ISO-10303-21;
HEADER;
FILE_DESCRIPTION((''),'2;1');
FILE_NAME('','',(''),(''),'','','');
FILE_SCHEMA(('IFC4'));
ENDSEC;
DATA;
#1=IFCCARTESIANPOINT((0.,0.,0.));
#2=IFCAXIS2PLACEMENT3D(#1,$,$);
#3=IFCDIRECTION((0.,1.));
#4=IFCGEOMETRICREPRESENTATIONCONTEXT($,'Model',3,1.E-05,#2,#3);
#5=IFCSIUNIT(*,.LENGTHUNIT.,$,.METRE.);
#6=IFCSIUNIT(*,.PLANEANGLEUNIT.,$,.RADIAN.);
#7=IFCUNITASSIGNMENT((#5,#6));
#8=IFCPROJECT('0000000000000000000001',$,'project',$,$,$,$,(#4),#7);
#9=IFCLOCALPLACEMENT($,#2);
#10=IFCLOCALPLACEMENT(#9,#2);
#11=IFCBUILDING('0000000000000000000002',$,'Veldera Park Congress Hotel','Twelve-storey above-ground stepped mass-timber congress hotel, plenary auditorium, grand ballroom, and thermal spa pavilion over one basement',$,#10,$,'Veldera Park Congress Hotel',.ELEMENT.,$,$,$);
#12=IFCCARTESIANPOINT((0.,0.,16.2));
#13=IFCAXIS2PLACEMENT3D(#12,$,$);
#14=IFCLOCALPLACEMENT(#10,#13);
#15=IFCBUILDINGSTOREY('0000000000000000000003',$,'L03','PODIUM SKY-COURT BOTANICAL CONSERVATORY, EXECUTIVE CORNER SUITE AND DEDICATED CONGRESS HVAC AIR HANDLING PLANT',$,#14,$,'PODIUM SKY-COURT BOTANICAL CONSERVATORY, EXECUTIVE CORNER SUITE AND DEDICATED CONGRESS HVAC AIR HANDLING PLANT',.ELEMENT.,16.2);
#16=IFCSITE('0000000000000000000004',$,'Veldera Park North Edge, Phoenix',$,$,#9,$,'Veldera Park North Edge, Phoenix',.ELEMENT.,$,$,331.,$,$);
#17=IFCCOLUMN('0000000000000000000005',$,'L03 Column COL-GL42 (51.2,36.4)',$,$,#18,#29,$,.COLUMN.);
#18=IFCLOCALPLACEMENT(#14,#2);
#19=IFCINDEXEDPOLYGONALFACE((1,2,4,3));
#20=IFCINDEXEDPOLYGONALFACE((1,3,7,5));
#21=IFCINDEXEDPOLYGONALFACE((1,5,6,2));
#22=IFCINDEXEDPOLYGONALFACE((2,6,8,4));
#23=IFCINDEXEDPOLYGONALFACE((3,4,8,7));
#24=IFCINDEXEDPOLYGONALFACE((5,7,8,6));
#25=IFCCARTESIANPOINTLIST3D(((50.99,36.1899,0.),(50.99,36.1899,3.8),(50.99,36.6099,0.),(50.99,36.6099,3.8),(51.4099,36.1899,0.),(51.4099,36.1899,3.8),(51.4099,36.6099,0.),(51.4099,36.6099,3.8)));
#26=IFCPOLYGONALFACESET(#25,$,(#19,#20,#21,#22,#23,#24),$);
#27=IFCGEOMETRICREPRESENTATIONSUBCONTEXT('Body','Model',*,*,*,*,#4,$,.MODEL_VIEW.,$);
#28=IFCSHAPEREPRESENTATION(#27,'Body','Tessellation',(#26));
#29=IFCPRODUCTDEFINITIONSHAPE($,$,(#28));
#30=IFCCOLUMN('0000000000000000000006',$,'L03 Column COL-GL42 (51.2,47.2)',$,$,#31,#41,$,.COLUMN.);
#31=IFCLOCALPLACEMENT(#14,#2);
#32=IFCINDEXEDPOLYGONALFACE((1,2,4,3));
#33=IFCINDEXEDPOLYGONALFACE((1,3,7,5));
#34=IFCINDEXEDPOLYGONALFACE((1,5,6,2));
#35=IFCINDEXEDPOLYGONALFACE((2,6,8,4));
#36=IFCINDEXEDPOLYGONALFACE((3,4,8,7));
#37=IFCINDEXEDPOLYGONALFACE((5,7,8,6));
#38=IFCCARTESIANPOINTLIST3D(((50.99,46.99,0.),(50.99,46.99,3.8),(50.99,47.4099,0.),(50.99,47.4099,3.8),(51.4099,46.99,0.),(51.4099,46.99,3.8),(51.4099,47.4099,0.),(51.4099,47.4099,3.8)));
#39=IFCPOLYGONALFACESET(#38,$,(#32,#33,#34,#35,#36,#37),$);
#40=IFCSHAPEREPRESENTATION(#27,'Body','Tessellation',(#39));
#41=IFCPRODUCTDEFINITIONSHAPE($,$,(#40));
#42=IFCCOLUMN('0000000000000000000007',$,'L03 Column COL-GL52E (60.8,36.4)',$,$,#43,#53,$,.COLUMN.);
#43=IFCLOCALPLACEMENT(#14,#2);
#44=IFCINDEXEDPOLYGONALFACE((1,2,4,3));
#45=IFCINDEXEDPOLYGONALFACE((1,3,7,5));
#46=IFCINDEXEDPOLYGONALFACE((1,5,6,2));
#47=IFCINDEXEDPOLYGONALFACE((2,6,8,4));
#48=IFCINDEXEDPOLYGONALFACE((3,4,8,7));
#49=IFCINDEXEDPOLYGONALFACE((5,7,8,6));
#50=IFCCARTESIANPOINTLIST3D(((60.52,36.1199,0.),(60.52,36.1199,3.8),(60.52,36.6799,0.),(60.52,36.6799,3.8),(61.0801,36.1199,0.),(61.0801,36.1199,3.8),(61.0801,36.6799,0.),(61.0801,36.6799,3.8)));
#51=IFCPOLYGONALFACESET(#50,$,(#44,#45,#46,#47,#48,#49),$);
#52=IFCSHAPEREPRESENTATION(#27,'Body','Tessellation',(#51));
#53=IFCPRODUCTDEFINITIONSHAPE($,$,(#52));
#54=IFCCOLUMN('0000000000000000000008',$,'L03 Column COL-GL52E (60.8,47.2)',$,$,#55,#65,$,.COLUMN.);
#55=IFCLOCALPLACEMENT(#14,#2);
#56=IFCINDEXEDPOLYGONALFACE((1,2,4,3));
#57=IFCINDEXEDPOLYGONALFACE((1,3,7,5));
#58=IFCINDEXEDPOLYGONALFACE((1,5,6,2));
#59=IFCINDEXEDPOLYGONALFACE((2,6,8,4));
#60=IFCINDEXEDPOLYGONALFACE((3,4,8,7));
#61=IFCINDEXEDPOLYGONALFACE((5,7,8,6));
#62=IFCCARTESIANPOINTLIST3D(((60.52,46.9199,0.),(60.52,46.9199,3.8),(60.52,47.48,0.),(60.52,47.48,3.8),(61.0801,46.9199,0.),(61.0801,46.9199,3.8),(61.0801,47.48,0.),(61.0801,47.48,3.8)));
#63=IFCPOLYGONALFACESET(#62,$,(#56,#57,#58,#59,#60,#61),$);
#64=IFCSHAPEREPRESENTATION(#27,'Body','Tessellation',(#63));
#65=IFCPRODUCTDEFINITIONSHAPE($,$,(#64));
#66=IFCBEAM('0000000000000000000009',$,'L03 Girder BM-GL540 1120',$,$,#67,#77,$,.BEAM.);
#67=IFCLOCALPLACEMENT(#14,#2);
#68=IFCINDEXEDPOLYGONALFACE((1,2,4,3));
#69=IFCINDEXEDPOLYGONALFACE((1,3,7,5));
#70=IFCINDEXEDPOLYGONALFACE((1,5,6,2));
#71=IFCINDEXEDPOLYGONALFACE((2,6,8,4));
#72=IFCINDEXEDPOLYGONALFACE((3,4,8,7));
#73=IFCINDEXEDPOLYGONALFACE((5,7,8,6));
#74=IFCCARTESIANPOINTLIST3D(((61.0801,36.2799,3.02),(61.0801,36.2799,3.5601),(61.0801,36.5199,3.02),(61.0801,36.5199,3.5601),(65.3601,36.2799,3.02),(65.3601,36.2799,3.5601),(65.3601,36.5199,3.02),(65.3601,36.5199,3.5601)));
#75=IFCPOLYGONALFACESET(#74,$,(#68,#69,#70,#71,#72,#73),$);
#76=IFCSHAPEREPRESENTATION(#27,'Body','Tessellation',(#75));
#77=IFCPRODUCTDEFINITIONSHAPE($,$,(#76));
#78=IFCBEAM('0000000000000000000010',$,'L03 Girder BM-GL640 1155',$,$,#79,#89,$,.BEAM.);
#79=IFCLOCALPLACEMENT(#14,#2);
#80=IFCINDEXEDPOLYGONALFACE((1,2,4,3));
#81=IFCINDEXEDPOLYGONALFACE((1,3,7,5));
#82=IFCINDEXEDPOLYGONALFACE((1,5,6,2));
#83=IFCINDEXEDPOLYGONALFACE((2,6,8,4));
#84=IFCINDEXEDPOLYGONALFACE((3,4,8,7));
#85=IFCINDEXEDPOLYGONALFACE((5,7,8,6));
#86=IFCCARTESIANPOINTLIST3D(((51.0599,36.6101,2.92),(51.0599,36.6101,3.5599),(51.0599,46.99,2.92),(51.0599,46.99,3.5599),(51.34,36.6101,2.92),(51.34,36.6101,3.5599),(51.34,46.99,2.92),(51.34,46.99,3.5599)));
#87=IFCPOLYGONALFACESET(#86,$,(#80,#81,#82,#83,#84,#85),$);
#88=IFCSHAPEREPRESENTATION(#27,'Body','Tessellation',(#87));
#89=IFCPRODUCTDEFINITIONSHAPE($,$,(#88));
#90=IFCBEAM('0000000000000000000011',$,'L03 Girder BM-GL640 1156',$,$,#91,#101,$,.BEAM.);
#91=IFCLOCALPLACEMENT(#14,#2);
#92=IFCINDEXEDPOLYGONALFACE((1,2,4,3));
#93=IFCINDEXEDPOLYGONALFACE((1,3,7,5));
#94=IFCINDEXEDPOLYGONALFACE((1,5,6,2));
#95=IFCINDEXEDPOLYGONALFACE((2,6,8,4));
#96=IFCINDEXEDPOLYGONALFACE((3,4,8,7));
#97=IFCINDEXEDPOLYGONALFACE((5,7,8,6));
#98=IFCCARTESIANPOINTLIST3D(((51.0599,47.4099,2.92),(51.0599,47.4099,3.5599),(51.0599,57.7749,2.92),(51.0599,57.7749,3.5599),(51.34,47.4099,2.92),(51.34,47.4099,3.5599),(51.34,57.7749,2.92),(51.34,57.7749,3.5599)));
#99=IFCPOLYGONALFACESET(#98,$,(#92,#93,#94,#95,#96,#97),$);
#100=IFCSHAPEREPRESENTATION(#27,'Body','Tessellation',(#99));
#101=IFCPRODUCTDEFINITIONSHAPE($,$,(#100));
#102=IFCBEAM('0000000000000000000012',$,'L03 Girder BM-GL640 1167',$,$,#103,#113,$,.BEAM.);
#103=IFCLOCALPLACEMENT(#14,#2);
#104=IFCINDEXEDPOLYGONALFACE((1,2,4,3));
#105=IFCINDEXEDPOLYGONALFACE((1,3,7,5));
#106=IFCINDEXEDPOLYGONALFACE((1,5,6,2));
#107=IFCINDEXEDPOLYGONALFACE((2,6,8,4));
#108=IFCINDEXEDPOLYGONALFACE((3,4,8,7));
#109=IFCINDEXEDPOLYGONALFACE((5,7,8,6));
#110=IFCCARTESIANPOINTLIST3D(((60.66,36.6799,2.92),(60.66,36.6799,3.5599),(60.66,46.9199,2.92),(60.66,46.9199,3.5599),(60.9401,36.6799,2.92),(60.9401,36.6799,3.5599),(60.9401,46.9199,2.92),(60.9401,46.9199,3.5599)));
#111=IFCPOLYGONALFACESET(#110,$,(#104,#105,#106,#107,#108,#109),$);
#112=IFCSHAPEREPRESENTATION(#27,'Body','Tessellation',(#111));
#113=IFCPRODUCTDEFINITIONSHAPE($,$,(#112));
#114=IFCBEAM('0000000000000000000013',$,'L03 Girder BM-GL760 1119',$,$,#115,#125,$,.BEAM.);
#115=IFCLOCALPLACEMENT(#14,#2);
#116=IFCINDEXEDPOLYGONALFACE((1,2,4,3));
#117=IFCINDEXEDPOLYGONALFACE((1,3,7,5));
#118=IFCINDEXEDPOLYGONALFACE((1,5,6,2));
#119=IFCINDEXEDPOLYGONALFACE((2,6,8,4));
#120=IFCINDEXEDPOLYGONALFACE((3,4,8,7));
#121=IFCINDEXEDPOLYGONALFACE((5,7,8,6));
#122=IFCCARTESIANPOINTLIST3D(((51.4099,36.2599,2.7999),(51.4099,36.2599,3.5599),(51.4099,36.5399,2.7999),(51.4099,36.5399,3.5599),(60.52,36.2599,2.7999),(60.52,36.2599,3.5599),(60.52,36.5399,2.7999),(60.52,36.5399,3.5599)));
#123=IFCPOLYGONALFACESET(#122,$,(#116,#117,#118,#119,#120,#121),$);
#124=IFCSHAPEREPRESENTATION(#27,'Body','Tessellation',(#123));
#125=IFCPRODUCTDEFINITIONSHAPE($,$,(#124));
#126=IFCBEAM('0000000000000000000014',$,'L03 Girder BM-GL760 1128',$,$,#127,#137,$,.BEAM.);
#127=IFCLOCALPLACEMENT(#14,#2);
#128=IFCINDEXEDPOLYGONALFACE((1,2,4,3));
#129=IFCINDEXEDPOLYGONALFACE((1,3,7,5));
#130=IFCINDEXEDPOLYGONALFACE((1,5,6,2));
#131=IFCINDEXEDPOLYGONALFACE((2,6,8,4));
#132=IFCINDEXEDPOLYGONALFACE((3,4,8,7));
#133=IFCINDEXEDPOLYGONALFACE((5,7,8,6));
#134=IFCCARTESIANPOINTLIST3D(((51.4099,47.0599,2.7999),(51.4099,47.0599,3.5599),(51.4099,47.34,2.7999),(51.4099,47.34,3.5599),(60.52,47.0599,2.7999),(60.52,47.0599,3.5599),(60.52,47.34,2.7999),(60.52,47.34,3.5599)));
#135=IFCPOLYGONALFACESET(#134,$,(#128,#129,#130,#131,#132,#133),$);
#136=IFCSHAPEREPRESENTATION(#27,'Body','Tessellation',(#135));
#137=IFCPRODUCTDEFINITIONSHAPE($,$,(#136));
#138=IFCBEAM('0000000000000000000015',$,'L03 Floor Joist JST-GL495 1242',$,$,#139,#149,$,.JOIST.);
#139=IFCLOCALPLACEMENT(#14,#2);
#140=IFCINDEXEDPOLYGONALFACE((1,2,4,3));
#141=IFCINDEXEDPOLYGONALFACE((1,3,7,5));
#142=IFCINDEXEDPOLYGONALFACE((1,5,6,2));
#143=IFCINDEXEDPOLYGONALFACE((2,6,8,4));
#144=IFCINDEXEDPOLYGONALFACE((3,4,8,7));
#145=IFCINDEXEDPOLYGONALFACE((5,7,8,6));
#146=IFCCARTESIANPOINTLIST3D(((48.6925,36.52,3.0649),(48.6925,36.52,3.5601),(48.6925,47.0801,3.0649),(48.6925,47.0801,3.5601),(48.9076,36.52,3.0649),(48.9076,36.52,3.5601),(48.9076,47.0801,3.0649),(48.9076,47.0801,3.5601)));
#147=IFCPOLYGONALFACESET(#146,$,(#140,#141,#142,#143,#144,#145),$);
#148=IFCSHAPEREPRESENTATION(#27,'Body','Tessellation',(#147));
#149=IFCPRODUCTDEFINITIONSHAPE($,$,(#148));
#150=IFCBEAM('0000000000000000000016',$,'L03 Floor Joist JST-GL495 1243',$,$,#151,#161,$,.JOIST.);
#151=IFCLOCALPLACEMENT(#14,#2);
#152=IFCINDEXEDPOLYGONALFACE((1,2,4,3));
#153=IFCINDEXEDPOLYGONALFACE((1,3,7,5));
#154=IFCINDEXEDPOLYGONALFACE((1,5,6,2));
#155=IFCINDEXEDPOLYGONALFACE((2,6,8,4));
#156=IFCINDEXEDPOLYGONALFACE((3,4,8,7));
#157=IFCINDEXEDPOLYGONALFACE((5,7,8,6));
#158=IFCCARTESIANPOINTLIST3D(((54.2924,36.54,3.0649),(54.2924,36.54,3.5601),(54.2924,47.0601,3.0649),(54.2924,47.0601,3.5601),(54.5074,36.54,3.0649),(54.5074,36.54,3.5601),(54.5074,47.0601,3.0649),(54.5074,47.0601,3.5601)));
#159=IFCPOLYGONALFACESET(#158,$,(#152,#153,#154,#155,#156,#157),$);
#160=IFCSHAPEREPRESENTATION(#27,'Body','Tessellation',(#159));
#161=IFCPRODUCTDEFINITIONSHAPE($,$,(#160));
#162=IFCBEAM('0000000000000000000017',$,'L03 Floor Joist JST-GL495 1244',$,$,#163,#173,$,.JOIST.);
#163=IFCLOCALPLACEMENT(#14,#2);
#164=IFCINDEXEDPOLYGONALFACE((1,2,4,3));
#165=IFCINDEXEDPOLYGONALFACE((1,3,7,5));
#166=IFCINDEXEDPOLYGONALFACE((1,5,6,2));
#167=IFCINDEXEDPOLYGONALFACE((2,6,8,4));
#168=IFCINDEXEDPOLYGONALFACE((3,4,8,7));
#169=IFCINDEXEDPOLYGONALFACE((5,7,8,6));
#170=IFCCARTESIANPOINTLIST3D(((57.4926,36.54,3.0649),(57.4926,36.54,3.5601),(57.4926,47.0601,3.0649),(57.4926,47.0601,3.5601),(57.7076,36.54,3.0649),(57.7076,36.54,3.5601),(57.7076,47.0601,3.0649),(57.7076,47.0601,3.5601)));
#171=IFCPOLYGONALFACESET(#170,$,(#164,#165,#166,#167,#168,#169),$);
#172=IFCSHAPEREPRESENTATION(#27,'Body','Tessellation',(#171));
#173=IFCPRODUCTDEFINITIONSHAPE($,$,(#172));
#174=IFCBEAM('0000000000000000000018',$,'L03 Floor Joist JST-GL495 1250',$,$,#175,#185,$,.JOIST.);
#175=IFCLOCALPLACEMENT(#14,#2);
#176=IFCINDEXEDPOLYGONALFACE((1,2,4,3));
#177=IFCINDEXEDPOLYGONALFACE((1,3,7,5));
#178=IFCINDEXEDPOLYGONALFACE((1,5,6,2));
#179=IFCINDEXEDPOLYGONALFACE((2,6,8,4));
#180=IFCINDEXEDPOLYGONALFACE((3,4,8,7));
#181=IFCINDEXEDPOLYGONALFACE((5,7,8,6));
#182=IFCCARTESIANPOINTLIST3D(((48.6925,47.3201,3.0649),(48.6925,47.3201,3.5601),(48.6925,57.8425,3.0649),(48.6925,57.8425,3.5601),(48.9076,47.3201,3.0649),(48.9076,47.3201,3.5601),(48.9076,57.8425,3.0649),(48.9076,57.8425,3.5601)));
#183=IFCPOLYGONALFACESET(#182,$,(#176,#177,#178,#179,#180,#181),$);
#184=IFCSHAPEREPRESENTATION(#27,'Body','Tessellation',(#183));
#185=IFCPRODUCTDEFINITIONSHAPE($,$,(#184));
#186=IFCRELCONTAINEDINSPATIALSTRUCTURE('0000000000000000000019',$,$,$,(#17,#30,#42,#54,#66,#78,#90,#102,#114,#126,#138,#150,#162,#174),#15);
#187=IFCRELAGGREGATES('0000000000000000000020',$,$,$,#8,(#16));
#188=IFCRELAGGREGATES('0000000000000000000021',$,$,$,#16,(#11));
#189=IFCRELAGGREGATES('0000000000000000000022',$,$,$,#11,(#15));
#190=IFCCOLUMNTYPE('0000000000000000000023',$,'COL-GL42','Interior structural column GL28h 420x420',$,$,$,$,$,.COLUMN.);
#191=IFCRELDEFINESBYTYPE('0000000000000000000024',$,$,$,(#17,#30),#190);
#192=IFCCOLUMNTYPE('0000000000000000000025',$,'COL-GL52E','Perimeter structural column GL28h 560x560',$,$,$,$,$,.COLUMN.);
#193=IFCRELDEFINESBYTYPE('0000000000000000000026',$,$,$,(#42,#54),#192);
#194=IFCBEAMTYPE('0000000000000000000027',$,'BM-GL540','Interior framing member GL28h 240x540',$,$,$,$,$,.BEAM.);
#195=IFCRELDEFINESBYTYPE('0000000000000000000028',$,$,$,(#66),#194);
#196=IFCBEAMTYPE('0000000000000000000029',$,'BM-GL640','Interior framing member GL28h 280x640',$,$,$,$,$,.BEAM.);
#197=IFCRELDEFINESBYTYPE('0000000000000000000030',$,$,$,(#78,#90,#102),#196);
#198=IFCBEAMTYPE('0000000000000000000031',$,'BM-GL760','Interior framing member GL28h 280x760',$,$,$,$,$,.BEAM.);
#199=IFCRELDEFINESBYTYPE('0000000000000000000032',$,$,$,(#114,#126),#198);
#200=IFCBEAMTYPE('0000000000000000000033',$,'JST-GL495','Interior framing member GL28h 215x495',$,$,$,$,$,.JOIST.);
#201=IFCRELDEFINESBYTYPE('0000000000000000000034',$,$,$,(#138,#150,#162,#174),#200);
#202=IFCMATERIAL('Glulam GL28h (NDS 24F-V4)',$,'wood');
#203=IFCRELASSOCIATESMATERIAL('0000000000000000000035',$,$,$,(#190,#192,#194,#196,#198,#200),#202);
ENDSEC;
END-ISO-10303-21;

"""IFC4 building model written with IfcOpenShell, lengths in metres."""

from ifc_helpers import new_model, si_unit, direction, frame, origin, origin_2d, place, context, subcontext, project, spatial, rectangle, extrude, material, material_profile, profile_set, type_object, element, save


model = new_model("IFC4")

# Units and contexts
model_context = context("Model", 3, precision=1e-05, world=origin(), true_north=direction((0.0, 1.0)))
body_context = subcontext(model_context, "Body", "Model", "MODEL_VIEW")
ifc_project = project(units=[si_unit("LENGTHUNIT", "METRE"), si_unit("PLANEANGLEUNIT", "RADIAN")], contexts=[model_context])

# Site, building, storey
site_placement = place(None, origin())
site = spatial("IfcSite", under=ifc_project, at=site_placement, Name="Veldera Park North Edge, Phoenix", LongName="Veldera Park North Edge, Phoenix", CompositionType="ELEMENT", RefElevation=331.0)
building_placement = place(site_placement, origin())
building = spatial("IfcBuilding", under=site, at=building_placement, Name="Veldera Park Congress Hotel", Description="Twelve-storey above-ground stepped mass-timber congress hotel, plenary auditorium, grand ballroom, and thermal spa pavilion over one basement", LongName="Veldera Park Congress Hotel", CompositionType="ELEMENT")
storey_placement = place(building_placement, frame((0.0, 0.0, 16.2)))
storey = spatial("IfcBuildingStorey", under=building, at=storey_placement, Name="L03", Description="PODIUM SKY-COURT BOTANICAL CONSERVATORY, EXECUTIVE CORNER SUITE AND DEDICATED CONGRESS HVAC AIR HANDLING PLANT", LongName="PODIUM SKY-COURT BOTANICAL CONSERVATORY, EXECUTIVE CORNER SUITE AND DEDICATED CONGRESS HVAC AIR HANDLING PLANT", CompositionType="ELEMENT", Elevation=16.2)

# Columns
ifc_material_1 = material(Name="Glulam GL28h (NDS 24F-V4)", Category="wood")
ifc_material_profile_1 = material_profile(ifc_material_1, rectangle(XDim=0.4199, YDim=0.4199, at=origin_2d()), Name="GL28h 420x420")
ifc_profile_set_1 = profile_set([ifc_material_profile_1], Name="Glulam GL28h (NDS 24F-V4)")
column_type_1 = type_object("IfcColumnType", Name="COL-GL42", Description="Interior structural column GL28h 420x420", PredefinedType="COLUMN", material=ifc_profile_set_1)
for number, where, z_axis, x_axis, name in (
    (1, (51.2, 36.3999, 0.0), (0.0, 0.0, 1.0), (1.0, 0.0, 0.0), "L03 Column COL-GL42 (51.2,36.4)"),
    (2, (51.2, 47.2, 0.0), (0.0, 0.0, 1.0), (1.0, 0.0, 0.0), "L03 Column COL-GL42 (51.2,47.2)"),
):
    element("IfcColumn", number, at=place(storey_placement, frame(where, z_axis=z_axis, x_axis=x_axis)), inside=storey, type_object=column_type_1, Name=name, PredefinedType="COLUMN", context=body_context, shape_type="SweptSolid", body=[
        extrude(rectangle(XDim=0.4199, YDim=0.4199, at=origin_2d()), origin(), (0.0, 0.0, 1.0), 3.8),
    ])
ifc_material_profile_2 = material_profile(ifc_material_1, rectangle(XDim=0.5601, YDim=0.5601, at=origin_2d()), Name="GL28h 560x560")
ifc_profile_set_2 = profile_set([ifc_material_profile_2], Name="Glulam GL28h (NDS 24F-V4)")
column_type_2 = type_object("IfcColumnType", Name="COL-GL52E", Description="Perimeter structural column GL28h 560x560", PredefinedType="COLUMN", material=ifc_profile_set_2)
for number, where, z_axis, x_axis, name in (
    (3, (60.8, 36.3999, 0.0), (0.0, 0.0, 1.0), (1.0, 0.0, 0.0), "L03 Column COL-GL52E (60.8,36.4)"),
    (4, (60.8, 47.2, 0.0), (0.0, 0.0, 1.0), (1.0, 0.0, 0.0), "L03 Column COL-GL52E (60.8,47.2)"),
):
    element("IfcColumn", number, at=place(storey_placement, frame(where, z_axis=z_axis, x_axis=x_axis)), inside=storey, type_object=column_type_2, Name=name, PredefinedType="COLUMN", context=body_context, shape_type="SweptSolid", body=[
        extrude(rectangle(XDim=0.5601, YDim=0.5601, at=origin_2d()), origin(), (0.0, 0.0, 1.0), 3.8),
    ])

# Beams
ifc_material_profile_3 = material_profile(ifc_material_1, rectangle(XDim=0.24, YDim=0.54, at=origin_2d()), Name="GL28h 240x540")
ifc_profile_set_3 = profile_set([ifc_material_profile_3], Name="Glulam GL28h (NDS 24F-V4)")
beam_type_1 = type_object("IfcBeamType", Name="BM-GL540", Description="Interior framing member GL28h 240x540", PredefinedType="BEAM", material=ifc_profile_set_3)
beam_1_placement = place(storey_placement, frame((61.0801, 36.3999, 3.29), z_axis=(1.0, 0.0, 0.0), x_axis=(0.0, 1.0, 0.0)))
element("IfcBeam", 5, at=beam_1_placement, inside=storey, type_object=beam_type_1, Name="L03 Girder BM-GL540 1120", PredefinedType="BEAM", context=body_context, shape_type="SweptSolid", body=[
    extrude(rectangle(XDim=0.24, YDim=0.54, at=origin_2d()), origin(), (0.0, 0.0, 1.0), 4.28),
])
ifc_material_profile_4 = material_profile(ifc_material_1, rectangle(XDim=0.28, YDim=0.6399, at=origin_2d()), Name="GL28h 280x640")
ifc_profile_set_4 = profile_set([ifc_material_profile_4], Name="Glulam GL28h (NDS 24F-V4)")
beam_type_2 = type_object("IfcBeamType", Name="BM-GL640", Description="Interior framing member GL28h 280x640", PredefinedType="BEAM", material=ifc_profile_set_4)
beam_2_placement = place(storey_placement, frame((51.2, 36.6101, 3.24), z_axis=(0.0, 1.0, 0.0), x_axis=(-1.0, 0.0, 0.0)))
element("IfcBeam", 6, at=beam_2_placement, inside=storey, type_object=beam_type_2, Name="L03 Girder BM-GL640 1155", PredefinedType="BEAM", context=body_context, shape_type="SweptSolid", body=[
    extrude(rectangle(XDim=0.28, YDim=0.6399, at=origin_2d()), origin(), (0.0, 0.0, 1.0), 10.3799),
])
beam_3_placement = place(storey_placement, frame((51.2, 47.4099, 3.24), z_axis=(0.0, 1.0, 0.0), x_axis=(-1.0, 0.0, 0.0)))
element("IfcBeam", 7, at=beam_3_placement, inside=storey, type_object=beam_type_2, Name="L03 Girder BM-GL640 1156", PredefinedType="BEAM", context=body_context, shape_type="SweptSolid", body=[
    extrude(rectangle(XDim=0.28, YDim=0.6399, at=origin_2d()), origin(), (0.0, 0.0, 1.0), 10.365),
])
beam_4_placement = place(storey_placement, frame((60.8, 36.6799, 3.24), z_axis=(0.0, 1.0, 0.0), x_axis=(-1.0, 0.0, 0.0)))
element("IfcBeam", 8, at=beam_4_placement, inside=storey, type_object=beam_type_2, Name="L03 Girder BM-GL640 1167", PredefinedType="BEAM", context=body_context, shape_type="SweptSolid", body=[
    extrude(rectangle(XDim=0.28, YDim=0.6399, at=origin_2d()), origin(), (0.0, 0.0, 1.0), 10.24),
])
ifc_material_profile_5 = material_profile(ifc_material_1, rectangle(XDim=0.28, YDim=0.76, at=origin_2d()), Name="GL28h 280x760")
ifc_profile_set_5 = profile_set([ifc_material_profile_5], Name="Glulam GL28h (NDS 24F-V4)")
beam_type_3 = type_object("IfcBeamType", Name="BM-GL760", Description="Interior framing member GL28h 280x760", PredefinedType="BEAM", material=ifc_profile_set_5)
for number, where, z_axis, x_axis, name in (
    (9, (51.4099, 36.3999, 3.1799), (1.0, 0.0, 0.0), (0.0, 1.0, 0.0), "L03 Girder BM-GL760 1119"),
    (10, (51.4099, 47.2, 3.1799), (1.0, 0.0, 0.0), (0.0, 1.0, 0.0), "L03 Girder BM-GL760 1128"),
):
    element("IfcBeam", number, at=place(storey_placement, frame(where, z_axis=z_axis, x_axis=x_axis)), inside=storey, type_object=beam_type_3, Name=name, PredefinedType="BEAM", context=body_context, shape_type="SweptSolid", body=[
        extrude(rectangle(XDim=0.28, YDim=0.76, at=origin_2d()), origin(), (0.0, 0.0, 1.0), 9.1101),
    ])
ifc_material_profile_6 = material_profile(ifc_material_1, rectangle(XDim=0.2151, YDim=0.4951, at=origin_2d()), Name="GL28h 215x495")
ifc_profile_set_6 = profile_set([ifc_material_profile_6], Name="Glulam GL28h (NDS 24F-V4)")
beam_type_4 = type_object("IfcBeamType", Name="JST-GL495", Description="Interior framing member GL28h 215x495", PredefinedType="JOIST", material=ifc_profile_set_6)
beam_5_placement = place(storey_placement, frame((48.8, 36.52, 3.3125), z_axis=(0.0, 1.0, 0.0), x_axis=(-1.0, 0.0, 0.0)))
element("IfcBeam", 11, at=beam_5_placement, inside=storey, type_object=beam_type_4, Name="L03 Floor Joist JST-GL495 1242", PredefinedType="JOIST", context=body_context, shape_type="SweptSolid", body=[
    extrude(rectangle(XDim=0.2151, YDim=0.4951, at=origin_2d()), origin(), (0.0, 0.0, 1.0), 10.5601),
])
for number, where, z_axis, x_axis, name in (
    (12, (54.3999, 36.54, 3.3125), (0.0, 1.0, 0.0), (-1.0, 0.0, 0.0), "L03 Floor Joist JST-GL495 1243"),
    (13, (57.6001, 36.54, 3.3125), (0.0, 1.0, 0.0), (-1.0, 0.0, 0.0), "L03 Floor Joist JST-GL495 1244"),
):
    element("IfcBeam", number, at=place(storey_placement, frame(where, z_axis=z_axis, x_axis=x_axis)), inside=storey, type_object=beam_type_4, Name=name, PredefinedType="JOIST", context=body_context, shape_type="SweptSolid", body=[
        extrude(rectangle(XDim=0.2151, YDim=0.4951, at=origin_2d()), origin(), (0.0, 0.0, 1.0), 10.52),
    ])
beam_6_placement = place(storey_placement, frame((48.8, 47.3201, 3.3125), z_axis=(0.0, 1.0, 0.0), x_axis=(-1.0, 0.0, 0.0)))
element("IfcBeam", 14, at=beam_6_placement, inside=storey, type_object=beam_type_4, Name="L03 Floor Joist JST-GL495 1250", PredefinedType="JOIST", context=body_context, shape_type="SweptSolid", body=[
    extrude(rectangle(XDim=0.2151, YDim=0.4951, at=origin_2d()), origin(), (0.0, 0.0, 1.0), 10.5225),
])

save(model, "model.ifc")
